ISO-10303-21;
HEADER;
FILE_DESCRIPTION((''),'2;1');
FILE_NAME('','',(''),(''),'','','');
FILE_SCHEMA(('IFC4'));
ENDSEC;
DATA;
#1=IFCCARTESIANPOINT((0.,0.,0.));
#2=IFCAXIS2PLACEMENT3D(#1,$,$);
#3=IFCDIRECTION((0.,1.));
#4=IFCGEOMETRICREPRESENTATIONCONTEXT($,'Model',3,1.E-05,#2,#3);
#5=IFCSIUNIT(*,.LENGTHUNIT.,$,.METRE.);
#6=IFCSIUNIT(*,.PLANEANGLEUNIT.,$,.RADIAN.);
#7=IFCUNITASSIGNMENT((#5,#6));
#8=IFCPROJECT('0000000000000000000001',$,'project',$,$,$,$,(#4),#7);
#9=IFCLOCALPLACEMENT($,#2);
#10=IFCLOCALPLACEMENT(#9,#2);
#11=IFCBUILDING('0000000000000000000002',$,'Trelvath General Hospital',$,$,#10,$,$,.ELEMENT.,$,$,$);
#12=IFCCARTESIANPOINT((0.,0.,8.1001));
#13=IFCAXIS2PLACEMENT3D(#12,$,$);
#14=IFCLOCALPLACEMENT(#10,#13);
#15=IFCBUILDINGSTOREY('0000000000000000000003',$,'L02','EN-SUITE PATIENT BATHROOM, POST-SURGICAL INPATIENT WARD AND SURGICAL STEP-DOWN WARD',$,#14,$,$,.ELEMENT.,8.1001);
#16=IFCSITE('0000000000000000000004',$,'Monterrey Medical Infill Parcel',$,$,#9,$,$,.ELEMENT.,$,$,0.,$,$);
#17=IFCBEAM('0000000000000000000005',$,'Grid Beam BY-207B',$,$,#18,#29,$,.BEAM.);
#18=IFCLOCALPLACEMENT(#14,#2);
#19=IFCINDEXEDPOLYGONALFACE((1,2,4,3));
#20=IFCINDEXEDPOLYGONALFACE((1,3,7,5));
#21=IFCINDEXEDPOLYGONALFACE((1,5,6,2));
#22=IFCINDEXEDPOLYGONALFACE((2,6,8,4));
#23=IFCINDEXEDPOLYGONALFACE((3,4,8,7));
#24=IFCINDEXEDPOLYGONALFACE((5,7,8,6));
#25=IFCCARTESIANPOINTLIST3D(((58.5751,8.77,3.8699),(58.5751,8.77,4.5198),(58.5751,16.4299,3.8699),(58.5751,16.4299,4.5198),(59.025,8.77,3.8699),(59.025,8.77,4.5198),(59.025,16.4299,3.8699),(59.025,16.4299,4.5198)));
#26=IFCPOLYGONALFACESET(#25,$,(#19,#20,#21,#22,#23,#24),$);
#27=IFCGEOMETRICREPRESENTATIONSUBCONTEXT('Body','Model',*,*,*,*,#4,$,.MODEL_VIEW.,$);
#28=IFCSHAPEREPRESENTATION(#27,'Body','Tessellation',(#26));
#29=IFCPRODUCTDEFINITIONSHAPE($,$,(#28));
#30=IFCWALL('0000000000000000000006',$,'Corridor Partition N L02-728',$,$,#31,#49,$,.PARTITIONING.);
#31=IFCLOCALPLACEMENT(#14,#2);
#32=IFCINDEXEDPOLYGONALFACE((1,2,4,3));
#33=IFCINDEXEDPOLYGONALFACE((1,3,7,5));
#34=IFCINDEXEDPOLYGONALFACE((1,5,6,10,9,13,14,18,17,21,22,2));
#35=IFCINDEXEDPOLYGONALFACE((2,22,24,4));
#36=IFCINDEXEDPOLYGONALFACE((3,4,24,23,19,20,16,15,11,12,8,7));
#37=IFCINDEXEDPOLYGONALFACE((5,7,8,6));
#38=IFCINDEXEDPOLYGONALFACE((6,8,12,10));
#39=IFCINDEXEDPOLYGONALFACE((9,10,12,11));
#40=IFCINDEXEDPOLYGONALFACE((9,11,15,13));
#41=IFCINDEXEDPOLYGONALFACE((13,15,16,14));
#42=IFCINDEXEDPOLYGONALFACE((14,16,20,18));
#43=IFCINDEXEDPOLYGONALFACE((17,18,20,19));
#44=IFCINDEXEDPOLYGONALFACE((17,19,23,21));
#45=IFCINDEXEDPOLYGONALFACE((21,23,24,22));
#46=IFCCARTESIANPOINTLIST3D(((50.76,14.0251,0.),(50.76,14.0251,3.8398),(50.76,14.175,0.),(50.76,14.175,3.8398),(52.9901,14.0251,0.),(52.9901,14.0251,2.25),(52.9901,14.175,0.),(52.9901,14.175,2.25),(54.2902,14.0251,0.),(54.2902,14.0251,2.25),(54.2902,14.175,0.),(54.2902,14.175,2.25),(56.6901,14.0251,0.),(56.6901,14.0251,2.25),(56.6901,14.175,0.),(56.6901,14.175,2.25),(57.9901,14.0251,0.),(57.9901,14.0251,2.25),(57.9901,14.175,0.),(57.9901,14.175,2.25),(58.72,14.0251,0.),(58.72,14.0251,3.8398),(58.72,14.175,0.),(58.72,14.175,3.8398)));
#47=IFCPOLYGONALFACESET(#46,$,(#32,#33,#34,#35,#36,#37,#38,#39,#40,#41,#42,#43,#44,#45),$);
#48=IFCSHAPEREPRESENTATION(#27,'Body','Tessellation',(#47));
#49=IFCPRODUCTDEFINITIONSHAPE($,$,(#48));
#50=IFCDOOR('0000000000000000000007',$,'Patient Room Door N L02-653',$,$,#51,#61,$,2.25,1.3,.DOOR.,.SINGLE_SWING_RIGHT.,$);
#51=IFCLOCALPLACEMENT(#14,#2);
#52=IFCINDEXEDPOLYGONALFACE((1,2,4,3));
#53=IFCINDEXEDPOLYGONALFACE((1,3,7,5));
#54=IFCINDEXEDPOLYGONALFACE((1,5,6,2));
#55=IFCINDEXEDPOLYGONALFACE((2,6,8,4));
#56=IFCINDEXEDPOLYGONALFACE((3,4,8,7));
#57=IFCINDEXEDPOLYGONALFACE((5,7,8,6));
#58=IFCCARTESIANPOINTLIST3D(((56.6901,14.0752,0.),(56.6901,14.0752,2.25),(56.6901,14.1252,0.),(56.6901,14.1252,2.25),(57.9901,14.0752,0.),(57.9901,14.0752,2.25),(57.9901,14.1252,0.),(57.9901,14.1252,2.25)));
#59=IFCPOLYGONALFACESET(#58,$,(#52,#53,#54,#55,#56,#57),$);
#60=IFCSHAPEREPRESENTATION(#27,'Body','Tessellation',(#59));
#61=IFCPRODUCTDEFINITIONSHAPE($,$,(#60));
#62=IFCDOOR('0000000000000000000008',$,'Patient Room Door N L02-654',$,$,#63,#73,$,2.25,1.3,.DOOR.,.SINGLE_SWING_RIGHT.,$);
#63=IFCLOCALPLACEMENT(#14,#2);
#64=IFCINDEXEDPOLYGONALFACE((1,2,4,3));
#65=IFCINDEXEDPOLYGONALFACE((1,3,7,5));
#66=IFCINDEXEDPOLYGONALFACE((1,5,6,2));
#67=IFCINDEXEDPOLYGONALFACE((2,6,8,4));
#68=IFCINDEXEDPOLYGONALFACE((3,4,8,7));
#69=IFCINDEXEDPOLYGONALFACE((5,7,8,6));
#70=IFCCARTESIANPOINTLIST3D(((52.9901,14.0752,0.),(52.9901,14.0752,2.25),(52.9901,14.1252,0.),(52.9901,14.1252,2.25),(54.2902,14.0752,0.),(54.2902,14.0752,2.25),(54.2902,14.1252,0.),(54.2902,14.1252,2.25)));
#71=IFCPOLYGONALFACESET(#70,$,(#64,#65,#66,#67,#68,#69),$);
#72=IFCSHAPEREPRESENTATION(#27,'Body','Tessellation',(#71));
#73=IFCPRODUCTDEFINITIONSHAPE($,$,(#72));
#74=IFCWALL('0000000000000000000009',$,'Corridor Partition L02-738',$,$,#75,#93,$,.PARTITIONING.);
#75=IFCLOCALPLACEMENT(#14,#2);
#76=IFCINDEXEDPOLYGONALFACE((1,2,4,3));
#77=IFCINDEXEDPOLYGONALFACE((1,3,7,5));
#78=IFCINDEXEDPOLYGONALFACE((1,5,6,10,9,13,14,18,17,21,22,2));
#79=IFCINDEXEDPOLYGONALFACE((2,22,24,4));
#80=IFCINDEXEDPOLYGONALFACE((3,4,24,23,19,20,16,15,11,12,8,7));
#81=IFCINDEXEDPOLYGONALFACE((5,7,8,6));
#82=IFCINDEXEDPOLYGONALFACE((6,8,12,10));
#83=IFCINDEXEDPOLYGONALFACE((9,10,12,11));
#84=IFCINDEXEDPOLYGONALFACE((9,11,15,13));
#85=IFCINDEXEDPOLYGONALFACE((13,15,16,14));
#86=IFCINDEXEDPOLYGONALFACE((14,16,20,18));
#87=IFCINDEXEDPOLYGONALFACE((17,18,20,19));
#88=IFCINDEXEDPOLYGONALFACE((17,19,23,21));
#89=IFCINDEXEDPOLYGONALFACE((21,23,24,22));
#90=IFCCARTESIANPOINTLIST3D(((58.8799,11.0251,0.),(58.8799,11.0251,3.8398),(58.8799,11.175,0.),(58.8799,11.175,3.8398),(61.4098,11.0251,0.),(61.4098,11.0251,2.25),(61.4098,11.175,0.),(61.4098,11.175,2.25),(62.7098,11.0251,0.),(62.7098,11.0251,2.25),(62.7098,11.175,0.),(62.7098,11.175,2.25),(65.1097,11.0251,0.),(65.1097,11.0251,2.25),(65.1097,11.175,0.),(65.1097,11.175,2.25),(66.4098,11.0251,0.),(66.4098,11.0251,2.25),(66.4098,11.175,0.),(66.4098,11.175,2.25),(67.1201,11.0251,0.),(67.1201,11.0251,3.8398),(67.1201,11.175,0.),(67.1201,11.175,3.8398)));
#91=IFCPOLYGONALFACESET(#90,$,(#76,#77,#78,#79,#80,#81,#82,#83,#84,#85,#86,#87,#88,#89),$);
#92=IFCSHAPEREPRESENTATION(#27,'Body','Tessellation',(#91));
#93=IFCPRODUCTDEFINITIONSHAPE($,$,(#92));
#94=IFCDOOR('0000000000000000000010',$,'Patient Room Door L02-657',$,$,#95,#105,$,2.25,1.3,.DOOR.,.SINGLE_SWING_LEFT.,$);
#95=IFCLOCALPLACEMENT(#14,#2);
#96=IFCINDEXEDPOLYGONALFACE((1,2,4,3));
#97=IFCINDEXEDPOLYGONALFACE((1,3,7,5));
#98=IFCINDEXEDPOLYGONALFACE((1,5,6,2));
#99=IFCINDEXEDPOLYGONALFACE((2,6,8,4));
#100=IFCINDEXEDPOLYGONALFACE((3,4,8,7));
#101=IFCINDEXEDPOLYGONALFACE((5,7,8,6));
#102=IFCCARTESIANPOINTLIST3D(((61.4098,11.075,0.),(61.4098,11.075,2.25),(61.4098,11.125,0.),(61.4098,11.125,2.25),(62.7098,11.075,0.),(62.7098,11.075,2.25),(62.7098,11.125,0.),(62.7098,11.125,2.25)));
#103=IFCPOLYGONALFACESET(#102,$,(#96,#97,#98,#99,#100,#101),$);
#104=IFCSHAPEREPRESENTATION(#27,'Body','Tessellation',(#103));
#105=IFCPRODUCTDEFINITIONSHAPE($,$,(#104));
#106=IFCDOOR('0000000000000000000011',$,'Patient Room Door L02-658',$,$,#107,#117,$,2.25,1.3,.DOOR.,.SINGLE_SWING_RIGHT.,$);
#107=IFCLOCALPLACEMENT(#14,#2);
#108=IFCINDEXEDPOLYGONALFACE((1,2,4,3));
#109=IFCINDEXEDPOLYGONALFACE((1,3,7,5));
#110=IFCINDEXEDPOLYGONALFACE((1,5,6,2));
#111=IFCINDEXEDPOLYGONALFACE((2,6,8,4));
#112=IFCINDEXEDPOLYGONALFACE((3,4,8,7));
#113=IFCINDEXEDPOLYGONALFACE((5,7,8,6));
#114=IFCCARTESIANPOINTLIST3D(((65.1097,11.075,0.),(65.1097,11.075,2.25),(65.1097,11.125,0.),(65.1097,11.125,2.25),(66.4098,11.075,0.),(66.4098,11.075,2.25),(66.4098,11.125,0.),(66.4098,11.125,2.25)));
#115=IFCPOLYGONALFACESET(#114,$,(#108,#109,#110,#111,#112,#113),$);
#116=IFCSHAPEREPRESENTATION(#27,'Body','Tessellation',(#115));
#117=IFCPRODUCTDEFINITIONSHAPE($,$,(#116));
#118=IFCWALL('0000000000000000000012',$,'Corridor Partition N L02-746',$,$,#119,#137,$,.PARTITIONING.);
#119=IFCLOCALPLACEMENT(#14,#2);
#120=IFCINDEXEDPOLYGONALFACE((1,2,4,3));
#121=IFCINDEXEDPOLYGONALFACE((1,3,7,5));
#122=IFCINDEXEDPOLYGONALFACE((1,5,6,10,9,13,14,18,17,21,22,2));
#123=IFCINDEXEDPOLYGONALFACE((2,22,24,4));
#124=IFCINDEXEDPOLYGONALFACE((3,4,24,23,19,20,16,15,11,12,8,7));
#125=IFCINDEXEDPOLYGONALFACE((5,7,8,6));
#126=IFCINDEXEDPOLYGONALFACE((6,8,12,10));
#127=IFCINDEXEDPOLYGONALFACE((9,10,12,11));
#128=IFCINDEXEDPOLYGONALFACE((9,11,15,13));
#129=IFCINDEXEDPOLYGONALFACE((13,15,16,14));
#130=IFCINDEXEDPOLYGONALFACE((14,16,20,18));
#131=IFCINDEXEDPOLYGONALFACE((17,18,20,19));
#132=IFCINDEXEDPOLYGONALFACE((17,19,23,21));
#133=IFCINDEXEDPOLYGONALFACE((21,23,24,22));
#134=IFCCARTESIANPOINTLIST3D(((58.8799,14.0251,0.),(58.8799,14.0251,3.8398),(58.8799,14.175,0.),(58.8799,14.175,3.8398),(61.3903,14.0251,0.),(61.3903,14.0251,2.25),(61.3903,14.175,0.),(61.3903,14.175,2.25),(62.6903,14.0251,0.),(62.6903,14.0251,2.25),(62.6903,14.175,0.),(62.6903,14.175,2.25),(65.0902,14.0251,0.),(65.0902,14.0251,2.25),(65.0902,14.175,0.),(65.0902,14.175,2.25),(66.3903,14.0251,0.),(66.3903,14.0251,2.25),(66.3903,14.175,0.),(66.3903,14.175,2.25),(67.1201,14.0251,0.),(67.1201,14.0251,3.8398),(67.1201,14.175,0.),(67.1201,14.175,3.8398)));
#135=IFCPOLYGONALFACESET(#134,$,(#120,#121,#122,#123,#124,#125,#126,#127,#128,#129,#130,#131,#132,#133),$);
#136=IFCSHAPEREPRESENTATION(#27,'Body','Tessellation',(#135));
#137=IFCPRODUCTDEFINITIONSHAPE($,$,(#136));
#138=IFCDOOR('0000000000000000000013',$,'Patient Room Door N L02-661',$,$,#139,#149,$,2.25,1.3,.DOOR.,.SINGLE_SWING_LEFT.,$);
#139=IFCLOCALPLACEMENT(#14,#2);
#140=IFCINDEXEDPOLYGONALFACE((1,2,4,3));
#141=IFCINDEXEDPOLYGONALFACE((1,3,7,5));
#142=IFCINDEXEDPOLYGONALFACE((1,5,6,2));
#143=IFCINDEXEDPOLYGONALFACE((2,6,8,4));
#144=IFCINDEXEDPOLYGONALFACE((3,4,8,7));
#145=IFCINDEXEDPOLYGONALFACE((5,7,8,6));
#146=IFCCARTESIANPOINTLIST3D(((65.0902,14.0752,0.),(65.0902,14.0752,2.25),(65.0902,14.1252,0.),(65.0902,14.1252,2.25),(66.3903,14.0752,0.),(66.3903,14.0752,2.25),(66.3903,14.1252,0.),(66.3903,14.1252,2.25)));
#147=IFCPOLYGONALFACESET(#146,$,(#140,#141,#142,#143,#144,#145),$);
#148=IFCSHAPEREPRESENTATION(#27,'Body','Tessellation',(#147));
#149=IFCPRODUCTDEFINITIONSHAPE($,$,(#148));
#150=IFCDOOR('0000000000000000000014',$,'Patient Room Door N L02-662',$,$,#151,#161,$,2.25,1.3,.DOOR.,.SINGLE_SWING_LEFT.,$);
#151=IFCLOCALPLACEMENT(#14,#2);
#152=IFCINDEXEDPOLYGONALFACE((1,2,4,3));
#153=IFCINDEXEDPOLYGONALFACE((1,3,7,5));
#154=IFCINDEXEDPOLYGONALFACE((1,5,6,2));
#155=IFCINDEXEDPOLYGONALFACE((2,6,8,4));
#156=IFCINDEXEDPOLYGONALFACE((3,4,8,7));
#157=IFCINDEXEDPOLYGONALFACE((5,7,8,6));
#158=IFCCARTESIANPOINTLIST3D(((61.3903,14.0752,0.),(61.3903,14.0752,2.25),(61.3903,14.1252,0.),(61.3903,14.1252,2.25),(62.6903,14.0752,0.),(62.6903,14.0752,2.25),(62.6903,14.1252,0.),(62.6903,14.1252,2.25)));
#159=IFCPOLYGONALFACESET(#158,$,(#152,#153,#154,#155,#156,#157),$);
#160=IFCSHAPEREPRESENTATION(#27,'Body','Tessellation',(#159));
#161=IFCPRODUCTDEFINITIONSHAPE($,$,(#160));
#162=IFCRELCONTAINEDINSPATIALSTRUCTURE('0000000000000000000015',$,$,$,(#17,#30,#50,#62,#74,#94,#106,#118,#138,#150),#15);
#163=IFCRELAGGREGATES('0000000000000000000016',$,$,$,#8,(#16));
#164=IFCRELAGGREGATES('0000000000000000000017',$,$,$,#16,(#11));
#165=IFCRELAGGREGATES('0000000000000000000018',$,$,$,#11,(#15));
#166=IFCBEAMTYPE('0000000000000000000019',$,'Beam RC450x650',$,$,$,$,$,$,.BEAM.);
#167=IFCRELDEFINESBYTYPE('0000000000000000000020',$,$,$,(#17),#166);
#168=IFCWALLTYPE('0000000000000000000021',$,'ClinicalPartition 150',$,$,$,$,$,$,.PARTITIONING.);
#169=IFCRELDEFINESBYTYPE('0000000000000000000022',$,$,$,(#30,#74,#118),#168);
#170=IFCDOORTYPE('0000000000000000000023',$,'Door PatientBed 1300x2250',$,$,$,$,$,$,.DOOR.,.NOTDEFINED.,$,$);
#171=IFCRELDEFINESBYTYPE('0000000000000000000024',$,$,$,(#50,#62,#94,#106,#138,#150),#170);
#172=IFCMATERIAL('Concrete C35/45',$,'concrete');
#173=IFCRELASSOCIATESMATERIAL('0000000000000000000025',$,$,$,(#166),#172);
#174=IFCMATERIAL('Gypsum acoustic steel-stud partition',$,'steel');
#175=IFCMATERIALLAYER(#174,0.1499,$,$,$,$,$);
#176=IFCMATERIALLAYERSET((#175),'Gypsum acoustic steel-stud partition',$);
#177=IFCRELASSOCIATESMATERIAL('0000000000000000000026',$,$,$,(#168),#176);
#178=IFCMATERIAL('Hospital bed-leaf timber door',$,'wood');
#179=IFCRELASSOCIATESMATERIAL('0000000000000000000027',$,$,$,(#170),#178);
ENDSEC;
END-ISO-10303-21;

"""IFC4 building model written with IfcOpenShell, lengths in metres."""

from ifc_helpers import new_model, si_unit, direction, frame, frame_2d, origin, origin_2d, place, context, subcontext, project, spatial, rectangle, extrude, material, layer, layer_set, material_profile, profile_set, type_object, element, fill, save


model = new_model("IFC4")

# Units and contexts
model_context = context("Model", 3, precision=1e-05, world=origin(), true_north=direction((0.0, 1.0)))
body_context = subcontext(model_context, "Body", "Model", "MODEL_VIEW")
ifc_project = project(units=[si_unit("LENGTHUNIT", "METRE"), si_unit("PLANEANGLEUNIT", "RADIAN")], contexts=[model_context])

# Site, building, storey
site_placement = place(None, origin())
site = spatial("IfcSite", under=ifc_project, at=site_placement, Name="Monterrey Medical Infill Parcel", CompositionType="ELEMENT", RefElevation=0.0)
building_placement = place(site_placement, origin())
building = spatial("IfcBuilding", under=site, at=building_placement, Name="Trelvath General Hospital", CompositionType="ELEMENT")
storey_placement = place(building_placement, frame((0.0, 0.0, 8.1001)))
storey = spatial("IfcBuildingStorey", under=building, at=storey_placement, Name="L02", Description="EN-SUITE PATIENT BATHROOM, POST-SURGICAL INPATIENT WARD AND SURGICAL STEP-DOWN WARD", CompositionType="ELEMENT", Elevation=8.1001)

# Beam
ifc_material_1 = material(Name="Concrete C35/45", Category="concrete")
ifc_material_profile = material_profile(ifc_material_1, rectangle(XDim=0.45, YDim=0.6499, at=origin_2d()), Name="RCB450x650")
ifc_profile_set = profile_set([ifc_material_profile], Name="Concrete C35/45")
beam_type = type_object("IfcBeamType", Name="Beam RC450x650", PredefinedType="BEAM", material=ifc_profile_set)
beam_placement = place(storey_placement, frame((58.8, 8.77, 4.1948), z_axis=(0.0, 1.0, 0.0), x_axis=(-1.0, 0.0, 0.0)))
element("IfcBeam", 1, at=beam_placement, inside=storey, type_object=beam_type, Name="Grid Beam BY-207B", PredefinedType="BEAM", context=body_context, shape_type="SweptSolid", body=[
    extrude(rectangle(XDim=0.45, YDim=0.6499, at=origin_2d()), origin(), (0.0, 0.0, 1.0), 7.6599),
])

# Walls, openings, doors
ifc_material_2 = material(Name="Gypsum acoustic steel-stud partition", Category="steel")
ifc_layer_1 = layer(ifc_material_2, 0.1499)
ifc_layer_set_1 = layer_set([ifc_layer_1], Name="Gypsum acoustic steel-stud partition")
wall_type_1 = type_object("IfcWallType", Name="ClinicalPartition 150", PredefinedType="PARTITIONING", material=ifc_layer_set_1)
wall_1_placement = place(storey_placement, frame((58.72, 14.1001, 0.0), z_axis=(0.0, 0.0, 1.0), x_axis=(-1.0, 0.0, 0.0)))
wall_1 = element("IfcWall", 2, at=wall_1_placement, inside=storey, type_object=wall_type_1, Name="Corridor Partition N L02-728", PredefinedType="PARTITIONING", context=body_context, shape_type="SweptSolid", body=[
    extrude(rectangle(XDim=7.96, YDim=0.1499, at=frame_2d((3.98, 0.0))), origin(), (0.0, 0.0, 1.0), 3.8398),
])
opening_1_placement = place(wall_1_placement, frame((0.73, 0.0, 0.0)))
opening_1 = element("IfcOpeningElement", 3, at=opening_1_placement, cuts=wall_1, PredefinedType="OPENING", context=body_context, shape_type="SweptSolid", body=[
    extrude(rectangle(XDim=1.3, YDim=2.25, at=frame_2d((0.6499, 1.125))), frame((0.0, 0.085, 0.0), z_axis=(0.0, -1.0, 0.0), x_axis=(1.0, 0.0, 0.0)), (0.0, 0.0, 1.0), 0.1699),
])
opening_2_placement = place(wall_1_placement, frame((4.4299, 0.0, 0.0)))
opening_2 = element("IfcOpeningElement", 4, at=opening_2_placement, cuts=wall_1, PredefinedType="OPENING", context=body_context, shape_type="SweptSolid", body=[
    extrude(rectangle(XDim=1.3, YDim=2.25, at=frame_2d((0.6499, 1.125))), frame((0.0, 0.085, 0.0), z_axis=(0.0, -1.0, 0.0), x_axis=(1.0, 0.0, 0.0)), (0.0, 0.0, 1.0), 0.1699),
])
ifc_material_3 = material(Name="Hospital bed-leaf timber door", Category="wood")
door_type_1 = type_object("IfcDoorType", Name="Door PatientBed 1300x2250", OperationType="NOTDEFINED", PredefinedType="DOOR", material=ifc_material_3)
door_1_placement = place(opening_1_placement, origin())
door_1 = element("IfcDoor", 5, at=door_1_placement, inside=storey, type_object=door_type_1, Name="Patient Room Door N L02-653", OperationType="SINGLE_SWING_RIGHT", OverallHeight=2.25, OverallWidth=1.3, PredefinedType="DOOR", context=body_context, shape_type="SweptSolid", body=[
    extrude(rectangle(XDim=1.3, YDim=2.25, at=frame_2d((0.6499, 1.125))), frame((0.0, 0.0249, 0.0), z_axis=(0.0, -1.0, 0.0), x_axis=(1.0, 0.0, 0.0)), (0.0, 0.0, 1.0), 0.05),
])
fill(opening_1, door_1)
door_2_placement = place(opening_2_placement, origin())
door_2 = element("IfcDoor", 6, at=door_2_placement, inside=storey, type_object=door_type_1, Name="Patient Room Door N L02-654", OperationType="SINGLE_SWING_RIGHT", OverallHeight=2.25, OverallWidth=1.3, PredefinedType="DOOR", context=body_context, shape_type="SweptSolid", body=[
    extrude(rectangle(XDim=1.3, YDim=2.25, at=frame_2d((0.6499, 1.125))), frame((0.0, 0.0249, 0.0), z_axis=(0.0, -1.0, 0.0), x_axis=(1.0, 0.0, 0.0)), (0.0, 0.0, 1.0), 0.05),
])
fill(opening_2, door_2)
wall_2_placement = place(storey_placement, frame((58.8799, 11.1001, 0.0), z_axis=(0.0, 0.0, 1.0), x_axis=(1.0, 0.0, 0.0)))
wall_2 = element("IfcWall", 7, at=wall_2_placement, inside=storey, type_object=wall_type_1, Name="Corridor Partition L02-738", PredefinedType="PARTITIONING", context=body_context, shape_type="SweptSolid", body=[
    extrude(rectangle(XDim=8.2402, YDim=0.1499, at=frame_2d((4.1201, 0.0))), origin(), (0.0, 0.0, 1.0), 3.8398),
])
opening_3_placement = place(wall_2_placement, frame((2.53, 0.0, 0.0)))
opening_3 = element("IfcOpeningElement", 8, at=opening_3_placement, cuts=wall_2, PredefinedType="OPENING", context=body_context, shape_type="SweptSolid", body=[
    extrude(rectangle(XDim=1.3, YDim=2.25, at=frame_2d((0.6499, 1.125))), frame((0.0, 0.085, 0.0), z_axis=(0.0, -1.0, 0.0), x_axis=(1.0, 0.0, 0.0)), (0.0, 0.0, 1.0), 0.1699),
])
opening_4_placement = place(wall_2_placement, frame((6.23, 0.0, 0.0)))
opening_4 = element("IfcOpeningElement", 9, at=opening_4_placement, cuts=wall_2, PredefinedType="OPENING", context=body_context, shape_type="SweptSolid", body=[
    extrude(rectangle(XDim=1.3, YDim=2.25, at=frame_2d((0.6499, 1.125))), frame((0.0, 0.085, 0.0), z_axis=(0.0, -1.0, 0.0), x_axis=(1.0, 0.0, 0.0)), (0.0, 0.0, 1.0), 0.1699),
])
door_3_placement = place(opening_3_placement, origin())
door_3 = element("IfcDoor", 10, at=door_3_placement, inside=storey, type_object=door_type_1, Name="Patient Room Door L02-657", OperationType="SINGLE_SWING_LEFT", OverallHeight=2.25, OverallWidth=1.3, PredefinedType="DOOR", context=body_context, shape_type="SweptSolid", body=[
    extrude(rectangle(XDim=1.3, YDim=2.25, at=frame_2d((0.6499, 1.125))), frame((0.0, 0.0249, 0.0), z_axis=(0.0, -1.0, 0.0), x_axis=(1.0, 0.0, 0.0)), (0.0, 0.0, 1.0), 0.05),
])
fill(opening_3, door_3)
door_4_placement = place(opening_4_placement, origin())
door_4 = element("IfcDoor", 11, at=door_4_placement, inside=storey, type_object=door_type_1, Name="Patient Room Door L02-658", OperationType="SINGLE_SWING_RIGHT", OverallHeight=2.25, OverallWidth=1.3, PredefinedType="DOOR", context=body_context, shape_type="SweptSolid", body=[
    extrude(rectangle(XDim=1.3, YDim=2.25, at=frame_2d((0.6499, 1.125))), frame((0.0, 0.0249, 0.0), z_axis=(0.0, -1.0, 0.0), x_axis=(1.0, 0.0, 0.0)), (0.0, 0.0, 1.0), 0.05),
])
fill(opening_4, door_4)
wall_3_placement = place(storey_placement, frame((67.1201, 14.1001, 0.0), z_axis=(0.0, 0.0, 1.0), x_axis=(-1.0, 0.0, 0.0)))
wall_3 = element("IfcWall", 12, at=wall_3_placement, inside=storey, type_object=wall_type_1, Name="Corridor Partition N L02-746", PredefinedType="PARTITIONING", context=body_context, shape_type="SweptSolid", body=[
    extrude(rectangle(XDim=8.2402, YDim=0.1499, at=frame_2d((4.1201, 0.0))), origin(), (0.0, 0.0, 1.0), 3.8398),
])
opening_5_placement = place(wall_3_placement, frame((0.73, 0.0, 0.0)))
opening_5 = element("IfcOpeningElement", 13, at=opening_5_placement, cuts=wall_3, PredefinedType="OPENING", context=body_context, shape_type="SweptSolid", body=[
    extrude(rectangle(XDim=1.3, YDim=2.25, at=frame_2d((0.6499, 1.125))), frame((0.0, 0.085, 0.0), z_axis=(0.0, -1.0, 0.0), x_axis=(1.0, 0.0, 0.0)), (0.0, 0.0, 1.0), 0.1699),
])
opening_6_placement = place(wall_3_placement, frame((4.4299, 0.0, 0.0)))
opening_6 = element("IfcOpeningElement", 14, at=opening_6_placement, cuts=wall_3, PredefinedType="OPENING", context=body_context, shape_type="SweptSolid", body=[
    extrude(rectangle(XDim=1.3, YDim=2.25, at=frame_2d((0.6499, 1.125))), frame((0.0, 0.085, 0.0), z_axis=(0.0, -1.0, 0.0), x_axis=(1.0, 0.0, 0.0)), (0.0, 0.0, 1.0), 0.1699),
])
door_5_placement = place(opening_5_placement, origin())
door_5 = element("IfcDoor", 15, at=door_5_placement, inside=storey, type_object=door_type_1, Name="Patient Room Door N L02-661", OperationType="SINGLE_SWING_LEFT", OverallHeight=2.25, OverallWidth=1.3, PredefinedType="DOOR", context=body_context, shape_type="SweptSolid", body=[
    extrude(rectangle(XDim=1.3, YDim=2.25, at=frame_2d((0.6499, 1.125))), frame((0.0, 0.0249, 0.0), z_axis=(0.0, -1.0, 0.0), x_axis=(1.0, 0.0, 0.0)), (0.0, 0.0, 1.0), 0.05),
])
fill(opening_5, door_5)
door_6_placement = place(opening_6_placement, origin())
door_6 = element("IfcDoor", 16, at=door_6_placement, inside=storey, type_object=door_type_1, Name="Patient Room Door N L02-662", OperationType="SINGLE_SWING_LEFT", OverallHeight=2.25, OverallWidth=1.3, PredefinedType="DOOR", context=body_context, shape_type="SweptSolid", body=[
    extrude(rectangle(XDim=1.3, YDim=2.25, at=frame_2d((0.6499, 1.125))), frame((0.0, 0.0249, 0.0), z_axis=(0.0, -1.0, 0.0), x_axis=(1.0, 0.0, 0.0)), (0.0, 0.0, 1.0), 0.05),
])
fill(opening_6, door_6)

save(model, "model.ifc")
